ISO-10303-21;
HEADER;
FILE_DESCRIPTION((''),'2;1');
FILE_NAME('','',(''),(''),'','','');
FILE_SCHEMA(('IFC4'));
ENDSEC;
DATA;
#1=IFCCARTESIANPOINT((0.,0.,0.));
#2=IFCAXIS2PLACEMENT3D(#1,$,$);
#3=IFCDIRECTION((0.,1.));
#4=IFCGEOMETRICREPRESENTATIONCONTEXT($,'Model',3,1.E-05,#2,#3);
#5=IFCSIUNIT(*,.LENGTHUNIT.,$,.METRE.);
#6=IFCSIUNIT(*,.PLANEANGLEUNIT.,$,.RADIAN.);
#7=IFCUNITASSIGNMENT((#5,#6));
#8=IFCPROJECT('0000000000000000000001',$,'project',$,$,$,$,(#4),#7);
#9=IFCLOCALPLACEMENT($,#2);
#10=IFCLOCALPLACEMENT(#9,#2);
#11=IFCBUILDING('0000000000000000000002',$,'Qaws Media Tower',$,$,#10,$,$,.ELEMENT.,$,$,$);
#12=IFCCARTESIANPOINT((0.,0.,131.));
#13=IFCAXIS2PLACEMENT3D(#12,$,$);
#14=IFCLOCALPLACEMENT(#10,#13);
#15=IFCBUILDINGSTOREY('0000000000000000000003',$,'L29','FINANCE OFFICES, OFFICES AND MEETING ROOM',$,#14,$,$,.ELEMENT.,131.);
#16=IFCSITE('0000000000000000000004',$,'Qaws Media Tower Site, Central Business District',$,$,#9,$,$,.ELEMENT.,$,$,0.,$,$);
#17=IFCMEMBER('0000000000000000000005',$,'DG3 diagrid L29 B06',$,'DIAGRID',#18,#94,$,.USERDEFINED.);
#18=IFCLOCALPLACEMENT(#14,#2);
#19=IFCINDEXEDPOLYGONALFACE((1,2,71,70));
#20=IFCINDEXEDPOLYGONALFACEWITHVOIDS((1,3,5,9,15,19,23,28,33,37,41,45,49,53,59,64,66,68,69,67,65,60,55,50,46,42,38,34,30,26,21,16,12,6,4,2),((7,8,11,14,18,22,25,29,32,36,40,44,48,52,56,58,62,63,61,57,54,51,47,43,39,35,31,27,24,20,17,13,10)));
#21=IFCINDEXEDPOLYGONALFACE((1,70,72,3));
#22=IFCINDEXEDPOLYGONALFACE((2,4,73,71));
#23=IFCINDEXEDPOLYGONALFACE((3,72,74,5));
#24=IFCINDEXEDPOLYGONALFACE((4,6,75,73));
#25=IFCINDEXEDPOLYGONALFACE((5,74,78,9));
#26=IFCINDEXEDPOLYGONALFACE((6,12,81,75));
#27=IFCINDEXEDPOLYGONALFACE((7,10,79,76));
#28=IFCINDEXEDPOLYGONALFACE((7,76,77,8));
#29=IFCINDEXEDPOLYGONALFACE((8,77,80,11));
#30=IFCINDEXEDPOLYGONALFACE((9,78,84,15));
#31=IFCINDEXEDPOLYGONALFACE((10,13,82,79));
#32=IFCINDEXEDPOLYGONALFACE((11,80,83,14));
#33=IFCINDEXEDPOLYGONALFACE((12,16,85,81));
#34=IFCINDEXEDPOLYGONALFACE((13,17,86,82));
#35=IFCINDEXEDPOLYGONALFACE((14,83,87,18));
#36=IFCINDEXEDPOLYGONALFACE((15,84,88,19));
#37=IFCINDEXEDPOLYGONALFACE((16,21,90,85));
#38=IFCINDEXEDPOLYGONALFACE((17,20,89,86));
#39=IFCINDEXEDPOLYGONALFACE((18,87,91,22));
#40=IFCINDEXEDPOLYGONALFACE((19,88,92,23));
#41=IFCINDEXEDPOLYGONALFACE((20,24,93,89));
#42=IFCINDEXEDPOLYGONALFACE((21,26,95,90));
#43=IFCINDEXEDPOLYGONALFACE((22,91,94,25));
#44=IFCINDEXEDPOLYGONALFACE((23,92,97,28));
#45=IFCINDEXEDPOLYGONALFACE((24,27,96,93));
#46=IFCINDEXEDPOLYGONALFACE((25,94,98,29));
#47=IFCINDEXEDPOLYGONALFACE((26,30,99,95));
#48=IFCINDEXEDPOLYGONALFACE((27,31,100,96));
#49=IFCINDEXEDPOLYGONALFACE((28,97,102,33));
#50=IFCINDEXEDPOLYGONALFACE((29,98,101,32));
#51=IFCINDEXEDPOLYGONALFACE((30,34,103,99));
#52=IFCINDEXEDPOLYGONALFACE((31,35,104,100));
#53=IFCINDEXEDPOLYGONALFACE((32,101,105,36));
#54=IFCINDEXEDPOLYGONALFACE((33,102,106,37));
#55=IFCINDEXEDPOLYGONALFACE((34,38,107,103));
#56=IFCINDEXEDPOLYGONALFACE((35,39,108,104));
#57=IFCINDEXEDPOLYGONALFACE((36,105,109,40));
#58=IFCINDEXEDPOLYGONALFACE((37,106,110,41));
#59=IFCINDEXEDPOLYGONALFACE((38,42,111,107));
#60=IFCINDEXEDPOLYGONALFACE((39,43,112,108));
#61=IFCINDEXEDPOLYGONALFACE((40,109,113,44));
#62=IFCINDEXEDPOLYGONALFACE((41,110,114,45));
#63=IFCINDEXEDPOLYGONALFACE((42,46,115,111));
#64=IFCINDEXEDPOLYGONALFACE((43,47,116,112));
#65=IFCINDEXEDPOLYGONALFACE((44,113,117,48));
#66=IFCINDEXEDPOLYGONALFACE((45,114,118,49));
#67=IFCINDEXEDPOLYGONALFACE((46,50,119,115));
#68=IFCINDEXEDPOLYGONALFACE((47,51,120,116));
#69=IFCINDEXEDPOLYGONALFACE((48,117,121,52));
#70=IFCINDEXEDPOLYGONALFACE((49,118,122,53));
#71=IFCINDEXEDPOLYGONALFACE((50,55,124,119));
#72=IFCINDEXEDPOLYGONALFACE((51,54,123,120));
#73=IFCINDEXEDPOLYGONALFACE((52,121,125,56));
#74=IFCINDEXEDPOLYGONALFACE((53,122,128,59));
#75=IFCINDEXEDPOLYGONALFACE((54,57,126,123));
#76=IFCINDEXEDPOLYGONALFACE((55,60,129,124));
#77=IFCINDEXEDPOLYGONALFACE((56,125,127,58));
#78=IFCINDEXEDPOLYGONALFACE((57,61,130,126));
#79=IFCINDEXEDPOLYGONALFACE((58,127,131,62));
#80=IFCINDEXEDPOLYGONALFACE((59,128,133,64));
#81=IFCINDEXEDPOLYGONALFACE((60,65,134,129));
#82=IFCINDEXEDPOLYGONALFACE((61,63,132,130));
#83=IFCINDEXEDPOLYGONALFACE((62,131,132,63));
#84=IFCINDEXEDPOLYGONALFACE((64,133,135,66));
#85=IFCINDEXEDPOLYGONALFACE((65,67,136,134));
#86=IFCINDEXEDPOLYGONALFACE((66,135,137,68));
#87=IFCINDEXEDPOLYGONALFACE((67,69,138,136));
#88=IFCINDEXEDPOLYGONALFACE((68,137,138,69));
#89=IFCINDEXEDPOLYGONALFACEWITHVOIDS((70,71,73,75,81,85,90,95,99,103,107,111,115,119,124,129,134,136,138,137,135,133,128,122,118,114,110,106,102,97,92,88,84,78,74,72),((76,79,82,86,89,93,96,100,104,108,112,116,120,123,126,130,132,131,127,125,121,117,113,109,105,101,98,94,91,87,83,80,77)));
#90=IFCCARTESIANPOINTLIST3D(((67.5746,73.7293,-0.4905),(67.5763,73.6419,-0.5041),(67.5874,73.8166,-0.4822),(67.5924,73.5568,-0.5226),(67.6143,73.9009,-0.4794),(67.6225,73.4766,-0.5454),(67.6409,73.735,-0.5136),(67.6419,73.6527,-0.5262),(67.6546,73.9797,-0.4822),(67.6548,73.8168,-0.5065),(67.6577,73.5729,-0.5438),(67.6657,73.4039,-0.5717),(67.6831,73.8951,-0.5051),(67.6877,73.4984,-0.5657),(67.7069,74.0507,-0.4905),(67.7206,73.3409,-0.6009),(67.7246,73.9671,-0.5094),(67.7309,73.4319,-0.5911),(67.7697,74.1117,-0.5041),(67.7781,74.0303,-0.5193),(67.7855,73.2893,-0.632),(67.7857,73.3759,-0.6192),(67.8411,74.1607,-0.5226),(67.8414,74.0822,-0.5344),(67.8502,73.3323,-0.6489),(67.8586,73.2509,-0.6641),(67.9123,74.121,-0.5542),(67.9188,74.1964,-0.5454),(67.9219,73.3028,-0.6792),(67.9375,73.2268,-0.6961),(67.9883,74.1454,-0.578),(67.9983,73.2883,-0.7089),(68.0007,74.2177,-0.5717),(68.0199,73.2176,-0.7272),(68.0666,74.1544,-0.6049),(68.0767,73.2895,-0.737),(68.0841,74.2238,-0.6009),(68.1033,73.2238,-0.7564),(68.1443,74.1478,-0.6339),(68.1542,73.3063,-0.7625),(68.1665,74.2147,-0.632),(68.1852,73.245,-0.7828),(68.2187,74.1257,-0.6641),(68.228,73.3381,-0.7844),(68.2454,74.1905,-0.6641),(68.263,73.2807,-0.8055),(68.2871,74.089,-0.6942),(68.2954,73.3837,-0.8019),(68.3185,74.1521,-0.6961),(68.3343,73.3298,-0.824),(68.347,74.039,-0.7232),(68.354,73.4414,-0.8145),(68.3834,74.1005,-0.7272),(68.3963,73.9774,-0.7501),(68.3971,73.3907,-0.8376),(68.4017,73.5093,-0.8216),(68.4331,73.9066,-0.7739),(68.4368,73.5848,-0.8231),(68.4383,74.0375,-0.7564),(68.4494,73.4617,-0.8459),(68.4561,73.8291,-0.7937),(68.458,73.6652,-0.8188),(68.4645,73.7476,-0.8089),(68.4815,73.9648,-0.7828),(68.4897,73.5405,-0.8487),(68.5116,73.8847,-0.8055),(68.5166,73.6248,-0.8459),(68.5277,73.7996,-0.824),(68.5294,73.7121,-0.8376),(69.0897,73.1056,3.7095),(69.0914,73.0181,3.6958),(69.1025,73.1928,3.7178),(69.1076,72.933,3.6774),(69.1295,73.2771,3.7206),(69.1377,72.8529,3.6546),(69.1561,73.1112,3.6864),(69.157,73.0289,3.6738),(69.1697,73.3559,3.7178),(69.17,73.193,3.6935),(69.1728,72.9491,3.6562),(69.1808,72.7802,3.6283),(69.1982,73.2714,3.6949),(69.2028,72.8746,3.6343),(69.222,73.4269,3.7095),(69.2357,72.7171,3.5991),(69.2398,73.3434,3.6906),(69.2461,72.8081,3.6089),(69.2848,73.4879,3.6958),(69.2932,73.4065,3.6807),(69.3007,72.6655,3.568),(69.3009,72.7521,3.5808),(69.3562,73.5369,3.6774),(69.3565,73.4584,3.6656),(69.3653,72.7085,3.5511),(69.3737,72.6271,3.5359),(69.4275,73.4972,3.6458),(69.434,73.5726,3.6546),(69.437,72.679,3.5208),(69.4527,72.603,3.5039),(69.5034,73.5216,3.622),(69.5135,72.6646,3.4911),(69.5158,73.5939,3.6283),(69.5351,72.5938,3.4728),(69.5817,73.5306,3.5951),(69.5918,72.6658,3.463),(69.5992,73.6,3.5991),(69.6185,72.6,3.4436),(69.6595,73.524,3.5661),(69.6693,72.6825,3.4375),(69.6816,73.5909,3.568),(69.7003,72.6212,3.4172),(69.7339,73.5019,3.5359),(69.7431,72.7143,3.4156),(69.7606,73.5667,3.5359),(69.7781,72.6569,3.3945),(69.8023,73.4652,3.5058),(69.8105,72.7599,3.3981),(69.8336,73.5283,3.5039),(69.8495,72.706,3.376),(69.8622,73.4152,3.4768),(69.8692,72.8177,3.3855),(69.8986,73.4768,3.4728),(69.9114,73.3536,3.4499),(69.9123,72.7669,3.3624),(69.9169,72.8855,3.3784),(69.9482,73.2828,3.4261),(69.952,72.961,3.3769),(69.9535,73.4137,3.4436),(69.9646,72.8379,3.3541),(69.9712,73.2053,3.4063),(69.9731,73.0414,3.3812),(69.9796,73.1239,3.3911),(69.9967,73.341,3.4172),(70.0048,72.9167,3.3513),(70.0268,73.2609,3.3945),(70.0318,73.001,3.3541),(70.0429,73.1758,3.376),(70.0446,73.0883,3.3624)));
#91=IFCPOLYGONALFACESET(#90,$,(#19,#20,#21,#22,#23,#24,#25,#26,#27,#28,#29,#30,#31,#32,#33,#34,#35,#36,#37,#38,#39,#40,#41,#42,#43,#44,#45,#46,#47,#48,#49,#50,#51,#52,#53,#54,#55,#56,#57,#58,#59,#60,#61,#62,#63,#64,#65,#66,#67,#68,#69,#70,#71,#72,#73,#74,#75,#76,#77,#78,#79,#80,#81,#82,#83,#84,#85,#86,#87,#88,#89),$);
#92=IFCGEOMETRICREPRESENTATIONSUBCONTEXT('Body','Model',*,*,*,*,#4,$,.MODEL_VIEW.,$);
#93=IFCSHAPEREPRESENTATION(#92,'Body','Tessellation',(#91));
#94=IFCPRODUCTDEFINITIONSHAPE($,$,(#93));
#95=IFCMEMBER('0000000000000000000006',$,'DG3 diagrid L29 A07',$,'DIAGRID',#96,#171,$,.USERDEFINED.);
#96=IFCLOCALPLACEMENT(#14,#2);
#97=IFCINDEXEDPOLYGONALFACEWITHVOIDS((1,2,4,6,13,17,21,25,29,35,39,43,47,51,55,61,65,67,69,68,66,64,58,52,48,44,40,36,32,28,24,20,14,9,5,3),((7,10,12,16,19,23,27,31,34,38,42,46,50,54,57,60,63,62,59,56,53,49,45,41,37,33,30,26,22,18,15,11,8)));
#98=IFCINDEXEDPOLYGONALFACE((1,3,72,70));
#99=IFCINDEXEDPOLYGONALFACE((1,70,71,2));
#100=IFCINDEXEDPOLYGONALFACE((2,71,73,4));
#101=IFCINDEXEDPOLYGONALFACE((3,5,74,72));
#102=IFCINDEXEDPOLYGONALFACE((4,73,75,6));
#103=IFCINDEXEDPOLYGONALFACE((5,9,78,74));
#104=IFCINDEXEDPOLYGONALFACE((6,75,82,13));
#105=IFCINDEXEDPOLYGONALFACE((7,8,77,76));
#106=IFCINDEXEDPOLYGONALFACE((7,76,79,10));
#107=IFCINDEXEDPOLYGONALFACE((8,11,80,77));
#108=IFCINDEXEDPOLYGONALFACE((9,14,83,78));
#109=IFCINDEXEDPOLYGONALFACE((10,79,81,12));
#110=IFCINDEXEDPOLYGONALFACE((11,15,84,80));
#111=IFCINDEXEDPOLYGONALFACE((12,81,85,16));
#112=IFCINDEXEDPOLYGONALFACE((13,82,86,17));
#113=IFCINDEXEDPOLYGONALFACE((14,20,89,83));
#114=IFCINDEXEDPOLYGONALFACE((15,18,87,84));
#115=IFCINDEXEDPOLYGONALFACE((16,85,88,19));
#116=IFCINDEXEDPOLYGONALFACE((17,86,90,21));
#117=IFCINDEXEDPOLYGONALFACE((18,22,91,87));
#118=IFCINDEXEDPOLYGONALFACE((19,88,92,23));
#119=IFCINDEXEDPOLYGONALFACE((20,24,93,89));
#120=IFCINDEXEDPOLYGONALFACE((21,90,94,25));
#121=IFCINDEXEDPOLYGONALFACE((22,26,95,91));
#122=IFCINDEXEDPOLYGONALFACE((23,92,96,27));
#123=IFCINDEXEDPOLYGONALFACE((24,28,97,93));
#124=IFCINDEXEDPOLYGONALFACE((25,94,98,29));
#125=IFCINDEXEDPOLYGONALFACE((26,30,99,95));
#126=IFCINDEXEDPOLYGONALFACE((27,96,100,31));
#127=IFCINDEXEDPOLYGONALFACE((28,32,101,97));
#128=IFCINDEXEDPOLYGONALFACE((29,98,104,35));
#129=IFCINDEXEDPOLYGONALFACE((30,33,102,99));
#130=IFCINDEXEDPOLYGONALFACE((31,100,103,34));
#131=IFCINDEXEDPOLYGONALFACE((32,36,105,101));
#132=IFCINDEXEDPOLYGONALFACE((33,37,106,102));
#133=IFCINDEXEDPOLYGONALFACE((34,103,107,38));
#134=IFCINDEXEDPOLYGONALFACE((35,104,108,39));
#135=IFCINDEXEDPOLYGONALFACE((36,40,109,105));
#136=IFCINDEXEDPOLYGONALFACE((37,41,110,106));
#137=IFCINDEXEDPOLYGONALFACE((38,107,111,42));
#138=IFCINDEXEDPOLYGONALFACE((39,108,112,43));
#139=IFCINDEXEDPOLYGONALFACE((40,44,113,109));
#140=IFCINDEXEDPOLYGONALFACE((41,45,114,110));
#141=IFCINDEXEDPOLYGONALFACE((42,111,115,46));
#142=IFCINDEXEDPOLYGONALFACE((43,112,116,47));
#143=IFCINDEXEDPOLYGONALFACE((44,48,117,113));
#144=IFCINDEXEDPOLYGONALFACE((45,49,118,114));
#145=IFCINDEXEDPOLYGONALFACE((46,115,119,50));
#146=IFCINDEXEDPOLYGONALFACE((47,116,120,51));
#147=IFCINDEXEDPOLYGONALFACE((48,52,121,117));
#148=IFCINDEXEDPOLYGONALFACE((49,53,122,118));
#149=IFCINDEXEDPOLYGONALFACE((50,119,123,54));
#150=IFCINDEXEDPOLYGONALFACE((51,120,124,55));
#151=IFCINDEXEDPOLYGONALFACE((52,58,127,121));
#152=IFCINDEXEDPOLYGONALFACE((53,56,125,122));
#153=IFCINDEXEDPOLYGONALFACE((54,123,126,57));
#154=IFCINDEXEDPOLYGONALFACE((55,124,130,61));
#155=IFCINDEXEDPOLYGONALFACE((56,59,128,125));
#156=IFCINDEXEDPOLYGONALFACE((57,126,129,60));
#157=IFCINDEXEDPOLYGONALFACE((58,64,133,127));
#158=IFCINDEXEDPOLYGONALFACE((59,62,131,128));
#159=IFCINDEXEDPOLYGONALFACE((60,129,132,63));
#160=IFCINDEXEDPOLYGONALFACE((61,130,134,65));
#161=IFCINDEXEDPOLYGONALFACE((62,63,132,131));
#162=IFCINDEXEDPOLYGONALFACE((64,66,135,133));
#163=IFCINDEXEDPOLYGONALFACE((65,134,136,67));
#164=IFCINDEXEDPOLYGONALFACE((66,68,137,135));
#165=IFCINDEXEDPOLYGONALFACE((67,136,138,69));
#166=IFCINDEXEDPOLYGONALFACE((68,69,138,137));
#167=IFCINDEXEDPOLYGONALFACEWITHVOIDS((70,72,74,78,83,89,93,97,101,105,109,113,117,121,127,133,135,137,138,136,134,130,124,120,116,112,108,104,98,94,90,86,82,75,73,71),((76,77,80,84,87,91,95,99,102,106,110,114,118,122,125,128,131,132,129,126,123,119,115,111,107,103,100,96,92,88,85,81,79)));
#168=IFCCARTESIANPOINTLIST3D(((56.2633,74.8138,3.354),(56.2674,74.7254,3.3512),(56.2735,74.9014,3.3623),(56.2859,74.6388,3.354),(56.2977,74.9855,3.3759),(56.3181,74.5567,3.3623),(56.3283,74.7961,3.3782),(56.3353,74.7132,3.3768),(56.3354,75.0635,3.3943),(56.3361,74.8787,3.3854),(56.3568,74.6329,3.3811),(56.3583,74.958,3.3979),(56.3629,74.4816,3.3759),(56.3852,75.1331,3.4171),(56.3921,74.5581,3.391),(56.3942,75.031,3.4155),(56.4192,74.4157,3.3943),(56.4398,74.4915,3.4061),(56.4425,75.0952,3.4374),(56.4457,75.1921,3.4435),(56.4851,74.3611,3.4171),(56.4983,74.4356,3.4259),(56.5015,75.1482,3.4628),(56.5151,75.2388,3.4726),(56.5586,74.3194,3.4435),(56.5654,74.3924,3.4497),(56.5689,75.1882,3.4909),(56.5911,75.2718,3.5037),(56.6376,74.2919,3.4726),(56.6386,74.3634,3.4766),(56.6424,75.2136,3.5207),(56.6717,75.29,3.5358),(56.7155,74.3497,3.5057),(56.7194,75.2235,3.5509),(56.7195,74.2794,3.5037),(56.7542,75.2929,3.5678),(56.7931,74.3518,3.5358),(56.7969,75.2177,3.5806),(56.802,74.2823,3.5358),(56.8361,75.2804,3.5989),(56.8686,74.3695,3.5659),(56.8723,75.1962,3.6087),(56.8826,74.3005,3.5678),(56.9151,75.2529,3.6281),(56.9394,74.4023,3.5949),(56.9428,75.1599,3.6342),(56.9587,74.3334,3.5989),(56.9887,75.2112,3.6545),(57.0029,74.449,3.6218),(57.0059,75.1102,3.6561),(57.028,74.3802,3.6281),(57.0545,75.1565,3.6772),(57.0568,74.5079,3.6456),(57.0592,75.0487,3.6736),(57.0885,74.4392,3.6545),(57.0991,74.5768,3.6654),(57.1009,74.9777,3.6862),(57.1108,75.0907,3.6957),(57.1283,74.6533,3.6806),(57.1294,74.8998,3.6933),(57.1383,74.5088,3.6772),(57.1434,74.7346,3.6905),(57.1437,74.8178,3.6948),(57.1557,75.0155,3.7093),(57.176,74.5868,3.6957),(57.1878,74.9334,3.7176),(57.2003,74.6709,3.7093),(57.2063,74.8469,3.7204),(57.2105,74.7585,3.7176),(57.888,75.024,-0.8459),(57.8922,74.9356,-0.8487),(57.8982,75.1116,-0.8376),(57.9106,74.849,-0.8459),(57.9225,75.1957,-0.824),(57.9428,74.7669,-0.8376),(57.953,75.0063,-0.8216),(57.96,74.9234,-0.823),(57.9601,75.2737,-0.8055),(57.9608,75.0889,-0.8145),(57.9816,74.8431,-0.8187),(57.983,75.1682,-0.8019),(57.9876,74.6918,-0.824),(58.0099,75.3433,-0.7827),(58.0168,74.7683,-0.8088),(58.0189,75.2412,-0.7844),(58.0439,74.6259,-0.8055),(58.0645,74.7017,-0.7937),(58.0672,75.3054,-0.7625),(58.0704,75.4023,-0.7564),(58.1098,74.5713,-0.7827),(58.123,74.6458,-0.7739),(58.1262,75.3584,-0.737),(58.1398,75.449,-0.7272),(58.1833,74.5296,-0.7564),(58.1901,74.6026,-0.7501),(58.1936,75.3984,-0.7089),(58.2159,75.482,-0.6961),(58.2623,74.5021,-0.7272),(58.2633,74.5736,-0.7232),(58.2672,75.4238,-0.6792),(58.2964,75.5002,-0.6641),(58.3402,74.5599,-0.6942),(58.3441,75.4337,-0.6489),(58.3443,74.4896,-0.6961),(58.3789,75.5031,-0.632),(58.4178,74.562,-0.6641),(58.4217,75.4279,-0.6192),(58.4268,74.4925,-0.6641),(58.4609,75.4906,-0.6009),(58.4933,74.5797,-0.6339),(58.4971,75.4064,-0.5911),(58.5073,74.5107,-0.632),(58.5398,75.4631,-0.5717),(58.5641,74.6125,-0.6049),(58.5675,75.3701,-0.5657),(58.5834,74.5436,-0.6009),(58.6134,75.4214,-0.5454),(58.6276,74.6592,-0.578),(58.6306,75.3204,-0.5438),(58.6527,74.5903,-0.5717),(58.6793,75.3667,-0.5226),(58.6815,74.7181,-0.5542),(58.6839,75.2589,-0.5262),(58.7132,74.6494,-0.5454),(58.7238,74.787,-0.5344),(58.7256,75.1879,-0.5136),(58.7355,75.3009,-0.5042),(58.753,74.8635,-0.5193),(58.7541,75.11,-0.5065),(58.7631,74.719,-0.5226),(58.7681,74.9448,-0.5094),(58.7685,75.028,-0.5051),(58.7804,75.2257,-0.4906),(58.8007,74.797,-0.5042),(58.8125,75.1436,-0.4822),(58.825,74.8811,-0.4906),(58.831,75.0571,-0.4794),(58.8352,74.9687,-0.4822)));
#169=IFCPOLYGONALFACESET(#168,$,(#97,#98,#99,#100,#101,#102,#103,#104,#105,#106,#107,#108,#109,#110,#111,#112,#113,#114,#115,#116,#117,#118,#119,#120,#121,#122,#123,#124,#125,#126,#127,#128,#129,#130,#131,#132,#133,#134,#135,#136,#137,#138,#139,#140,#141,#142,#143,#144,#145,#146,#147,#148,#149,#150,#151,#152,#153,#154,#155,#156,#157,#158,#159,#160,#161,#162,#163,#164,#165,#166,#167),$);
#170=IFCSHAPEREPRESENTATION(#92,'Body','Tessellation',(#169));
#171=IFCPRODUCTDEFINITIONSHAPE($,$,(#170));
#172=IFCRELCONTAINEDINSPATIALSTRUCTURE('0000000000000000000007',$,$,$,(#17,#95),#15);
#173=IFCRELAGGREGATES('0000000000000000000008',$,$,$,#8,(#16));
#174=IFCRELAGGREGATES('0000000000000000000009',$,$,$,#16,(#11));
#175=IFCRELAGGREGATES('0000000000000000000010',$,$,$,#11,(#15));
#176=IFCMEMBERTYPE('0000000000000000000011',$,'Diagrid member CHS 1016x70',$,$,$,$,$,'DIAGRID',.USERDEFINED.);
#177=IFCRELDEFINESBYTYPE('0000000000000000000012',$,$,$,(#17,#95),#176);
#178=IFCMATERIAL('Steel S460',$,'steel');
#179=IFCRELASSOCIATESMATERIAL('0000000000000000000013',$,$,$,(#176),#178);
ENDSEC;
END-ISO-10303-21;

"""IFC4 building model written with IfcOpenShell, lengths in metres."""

from ifc_helpers import new_model, si_unit, direction, frame, origin, origin_2d, place, context, subcontext, project, spatial, hollow_circle, extrude, material, material_profile, profile_set, type_object, element, save


model = new_model("IFC4")

# Units and contexts
model_context = context("Model", 3, precision=1e-05, world=origin(), true_north=direction((0.0, 1.0)))
body_context = subcontext(model_context, "Body", "Model", "MODEL_VIEW")
ifc_project = project(units=[si_unit("LENGTHUNIT", "METRE"), si_unit("PLANEANGLEUNIT", "RADIAN")], contexts=[model_context])

# Site, building, storey
site_placement = place(None, origin())
site = spatial("IfcSite", under=ifc_project, at=site_placement, Name="Qaws Media Tower Site, Central Business District", CompositionType="ELEMENT", RefElevation=0.0)
building_placement = place(site_placement, origin())
building = spatial("IfcBuilding", under=site, at=building_placement, Name="Qaws Media Tower", CompositionType="ELEMENT")
storey_placement = place(building_placement, frame((0.0, 0.0, 131.0)))
storey = spatial("IfcBuildingStorey", under=building, at=storey_placement, Name="L29", Description="FINANCE OFFICES, OFFICES AND MEETING ROOM", CompositionType="ELEMENT", Elevation=131.0)

# Members
ifc_material_1 = material(Name="Steel S460", Category="steel")
ifc_material_profile_1 = material_profile(ifc_material_1, hollow_circle(Radius=0.5081, WallThickness=0.0701, at=origin_2d()), Name="CHS 1016x70")
ifc_profile_set_1 = profile_set([ifc_material_profile_1], Name="Steel S460")
member_type_1 = type_object("IfcMemberType", Name="Diagrid member CHS 1016x70", ElementType="DIAGRID", PredefinedType="USERDEFINED", material=ifc_profile_set_1)
member_1_placement = place(storey_placement, frame((68.052, 73.7207, -0.6641), z_axis=(0.336081, -0.138364, 0.931614), x_axis=(0.380697, 0.9247, 0.0)))
element("IfcMember", 1, at=member_1_placement, inside=storey, type_object=member_type_1, Name="DG3 diagrid L29 B06", ObjectType="DIAGRID", PredefinedType="USERDEFINED", context=body_context, shape_type="SweptSolid", body=[
    extrude(hollow_circle(Radius=0.5081, WallThickness=0.0701, at=origin_2d()), origin(), (0.0, 0.0, 1.0), 4.5083),
])
for number, where, z_axis, x_axis, name in (
    (2, (58.3616, 74.9963, -0.6641), (-0.360402, -0.046628, 0.931631), (0.128307, -0.991734, 0.0), "DG3 diagrid L29 A07"),
):
    element("IfcMember", number, at=place(storey_placement, frame(where, z_axis=z_axis, x_axis=x_axis)), inside=storey, type_object=member_type_1, Name=name, ObjectType="DIAGRID", PredefinedType="USERDEFINED", context=body_context, shape_type="SweptSolid", body=[
        extrude(hollow_circle(Radius=0.5081, WallThickness=0.0701, at=origin_2d()), origin(), (0.0, 0.0, 1.0), 4.5081),
    ])

save(model, "model.ifc")
